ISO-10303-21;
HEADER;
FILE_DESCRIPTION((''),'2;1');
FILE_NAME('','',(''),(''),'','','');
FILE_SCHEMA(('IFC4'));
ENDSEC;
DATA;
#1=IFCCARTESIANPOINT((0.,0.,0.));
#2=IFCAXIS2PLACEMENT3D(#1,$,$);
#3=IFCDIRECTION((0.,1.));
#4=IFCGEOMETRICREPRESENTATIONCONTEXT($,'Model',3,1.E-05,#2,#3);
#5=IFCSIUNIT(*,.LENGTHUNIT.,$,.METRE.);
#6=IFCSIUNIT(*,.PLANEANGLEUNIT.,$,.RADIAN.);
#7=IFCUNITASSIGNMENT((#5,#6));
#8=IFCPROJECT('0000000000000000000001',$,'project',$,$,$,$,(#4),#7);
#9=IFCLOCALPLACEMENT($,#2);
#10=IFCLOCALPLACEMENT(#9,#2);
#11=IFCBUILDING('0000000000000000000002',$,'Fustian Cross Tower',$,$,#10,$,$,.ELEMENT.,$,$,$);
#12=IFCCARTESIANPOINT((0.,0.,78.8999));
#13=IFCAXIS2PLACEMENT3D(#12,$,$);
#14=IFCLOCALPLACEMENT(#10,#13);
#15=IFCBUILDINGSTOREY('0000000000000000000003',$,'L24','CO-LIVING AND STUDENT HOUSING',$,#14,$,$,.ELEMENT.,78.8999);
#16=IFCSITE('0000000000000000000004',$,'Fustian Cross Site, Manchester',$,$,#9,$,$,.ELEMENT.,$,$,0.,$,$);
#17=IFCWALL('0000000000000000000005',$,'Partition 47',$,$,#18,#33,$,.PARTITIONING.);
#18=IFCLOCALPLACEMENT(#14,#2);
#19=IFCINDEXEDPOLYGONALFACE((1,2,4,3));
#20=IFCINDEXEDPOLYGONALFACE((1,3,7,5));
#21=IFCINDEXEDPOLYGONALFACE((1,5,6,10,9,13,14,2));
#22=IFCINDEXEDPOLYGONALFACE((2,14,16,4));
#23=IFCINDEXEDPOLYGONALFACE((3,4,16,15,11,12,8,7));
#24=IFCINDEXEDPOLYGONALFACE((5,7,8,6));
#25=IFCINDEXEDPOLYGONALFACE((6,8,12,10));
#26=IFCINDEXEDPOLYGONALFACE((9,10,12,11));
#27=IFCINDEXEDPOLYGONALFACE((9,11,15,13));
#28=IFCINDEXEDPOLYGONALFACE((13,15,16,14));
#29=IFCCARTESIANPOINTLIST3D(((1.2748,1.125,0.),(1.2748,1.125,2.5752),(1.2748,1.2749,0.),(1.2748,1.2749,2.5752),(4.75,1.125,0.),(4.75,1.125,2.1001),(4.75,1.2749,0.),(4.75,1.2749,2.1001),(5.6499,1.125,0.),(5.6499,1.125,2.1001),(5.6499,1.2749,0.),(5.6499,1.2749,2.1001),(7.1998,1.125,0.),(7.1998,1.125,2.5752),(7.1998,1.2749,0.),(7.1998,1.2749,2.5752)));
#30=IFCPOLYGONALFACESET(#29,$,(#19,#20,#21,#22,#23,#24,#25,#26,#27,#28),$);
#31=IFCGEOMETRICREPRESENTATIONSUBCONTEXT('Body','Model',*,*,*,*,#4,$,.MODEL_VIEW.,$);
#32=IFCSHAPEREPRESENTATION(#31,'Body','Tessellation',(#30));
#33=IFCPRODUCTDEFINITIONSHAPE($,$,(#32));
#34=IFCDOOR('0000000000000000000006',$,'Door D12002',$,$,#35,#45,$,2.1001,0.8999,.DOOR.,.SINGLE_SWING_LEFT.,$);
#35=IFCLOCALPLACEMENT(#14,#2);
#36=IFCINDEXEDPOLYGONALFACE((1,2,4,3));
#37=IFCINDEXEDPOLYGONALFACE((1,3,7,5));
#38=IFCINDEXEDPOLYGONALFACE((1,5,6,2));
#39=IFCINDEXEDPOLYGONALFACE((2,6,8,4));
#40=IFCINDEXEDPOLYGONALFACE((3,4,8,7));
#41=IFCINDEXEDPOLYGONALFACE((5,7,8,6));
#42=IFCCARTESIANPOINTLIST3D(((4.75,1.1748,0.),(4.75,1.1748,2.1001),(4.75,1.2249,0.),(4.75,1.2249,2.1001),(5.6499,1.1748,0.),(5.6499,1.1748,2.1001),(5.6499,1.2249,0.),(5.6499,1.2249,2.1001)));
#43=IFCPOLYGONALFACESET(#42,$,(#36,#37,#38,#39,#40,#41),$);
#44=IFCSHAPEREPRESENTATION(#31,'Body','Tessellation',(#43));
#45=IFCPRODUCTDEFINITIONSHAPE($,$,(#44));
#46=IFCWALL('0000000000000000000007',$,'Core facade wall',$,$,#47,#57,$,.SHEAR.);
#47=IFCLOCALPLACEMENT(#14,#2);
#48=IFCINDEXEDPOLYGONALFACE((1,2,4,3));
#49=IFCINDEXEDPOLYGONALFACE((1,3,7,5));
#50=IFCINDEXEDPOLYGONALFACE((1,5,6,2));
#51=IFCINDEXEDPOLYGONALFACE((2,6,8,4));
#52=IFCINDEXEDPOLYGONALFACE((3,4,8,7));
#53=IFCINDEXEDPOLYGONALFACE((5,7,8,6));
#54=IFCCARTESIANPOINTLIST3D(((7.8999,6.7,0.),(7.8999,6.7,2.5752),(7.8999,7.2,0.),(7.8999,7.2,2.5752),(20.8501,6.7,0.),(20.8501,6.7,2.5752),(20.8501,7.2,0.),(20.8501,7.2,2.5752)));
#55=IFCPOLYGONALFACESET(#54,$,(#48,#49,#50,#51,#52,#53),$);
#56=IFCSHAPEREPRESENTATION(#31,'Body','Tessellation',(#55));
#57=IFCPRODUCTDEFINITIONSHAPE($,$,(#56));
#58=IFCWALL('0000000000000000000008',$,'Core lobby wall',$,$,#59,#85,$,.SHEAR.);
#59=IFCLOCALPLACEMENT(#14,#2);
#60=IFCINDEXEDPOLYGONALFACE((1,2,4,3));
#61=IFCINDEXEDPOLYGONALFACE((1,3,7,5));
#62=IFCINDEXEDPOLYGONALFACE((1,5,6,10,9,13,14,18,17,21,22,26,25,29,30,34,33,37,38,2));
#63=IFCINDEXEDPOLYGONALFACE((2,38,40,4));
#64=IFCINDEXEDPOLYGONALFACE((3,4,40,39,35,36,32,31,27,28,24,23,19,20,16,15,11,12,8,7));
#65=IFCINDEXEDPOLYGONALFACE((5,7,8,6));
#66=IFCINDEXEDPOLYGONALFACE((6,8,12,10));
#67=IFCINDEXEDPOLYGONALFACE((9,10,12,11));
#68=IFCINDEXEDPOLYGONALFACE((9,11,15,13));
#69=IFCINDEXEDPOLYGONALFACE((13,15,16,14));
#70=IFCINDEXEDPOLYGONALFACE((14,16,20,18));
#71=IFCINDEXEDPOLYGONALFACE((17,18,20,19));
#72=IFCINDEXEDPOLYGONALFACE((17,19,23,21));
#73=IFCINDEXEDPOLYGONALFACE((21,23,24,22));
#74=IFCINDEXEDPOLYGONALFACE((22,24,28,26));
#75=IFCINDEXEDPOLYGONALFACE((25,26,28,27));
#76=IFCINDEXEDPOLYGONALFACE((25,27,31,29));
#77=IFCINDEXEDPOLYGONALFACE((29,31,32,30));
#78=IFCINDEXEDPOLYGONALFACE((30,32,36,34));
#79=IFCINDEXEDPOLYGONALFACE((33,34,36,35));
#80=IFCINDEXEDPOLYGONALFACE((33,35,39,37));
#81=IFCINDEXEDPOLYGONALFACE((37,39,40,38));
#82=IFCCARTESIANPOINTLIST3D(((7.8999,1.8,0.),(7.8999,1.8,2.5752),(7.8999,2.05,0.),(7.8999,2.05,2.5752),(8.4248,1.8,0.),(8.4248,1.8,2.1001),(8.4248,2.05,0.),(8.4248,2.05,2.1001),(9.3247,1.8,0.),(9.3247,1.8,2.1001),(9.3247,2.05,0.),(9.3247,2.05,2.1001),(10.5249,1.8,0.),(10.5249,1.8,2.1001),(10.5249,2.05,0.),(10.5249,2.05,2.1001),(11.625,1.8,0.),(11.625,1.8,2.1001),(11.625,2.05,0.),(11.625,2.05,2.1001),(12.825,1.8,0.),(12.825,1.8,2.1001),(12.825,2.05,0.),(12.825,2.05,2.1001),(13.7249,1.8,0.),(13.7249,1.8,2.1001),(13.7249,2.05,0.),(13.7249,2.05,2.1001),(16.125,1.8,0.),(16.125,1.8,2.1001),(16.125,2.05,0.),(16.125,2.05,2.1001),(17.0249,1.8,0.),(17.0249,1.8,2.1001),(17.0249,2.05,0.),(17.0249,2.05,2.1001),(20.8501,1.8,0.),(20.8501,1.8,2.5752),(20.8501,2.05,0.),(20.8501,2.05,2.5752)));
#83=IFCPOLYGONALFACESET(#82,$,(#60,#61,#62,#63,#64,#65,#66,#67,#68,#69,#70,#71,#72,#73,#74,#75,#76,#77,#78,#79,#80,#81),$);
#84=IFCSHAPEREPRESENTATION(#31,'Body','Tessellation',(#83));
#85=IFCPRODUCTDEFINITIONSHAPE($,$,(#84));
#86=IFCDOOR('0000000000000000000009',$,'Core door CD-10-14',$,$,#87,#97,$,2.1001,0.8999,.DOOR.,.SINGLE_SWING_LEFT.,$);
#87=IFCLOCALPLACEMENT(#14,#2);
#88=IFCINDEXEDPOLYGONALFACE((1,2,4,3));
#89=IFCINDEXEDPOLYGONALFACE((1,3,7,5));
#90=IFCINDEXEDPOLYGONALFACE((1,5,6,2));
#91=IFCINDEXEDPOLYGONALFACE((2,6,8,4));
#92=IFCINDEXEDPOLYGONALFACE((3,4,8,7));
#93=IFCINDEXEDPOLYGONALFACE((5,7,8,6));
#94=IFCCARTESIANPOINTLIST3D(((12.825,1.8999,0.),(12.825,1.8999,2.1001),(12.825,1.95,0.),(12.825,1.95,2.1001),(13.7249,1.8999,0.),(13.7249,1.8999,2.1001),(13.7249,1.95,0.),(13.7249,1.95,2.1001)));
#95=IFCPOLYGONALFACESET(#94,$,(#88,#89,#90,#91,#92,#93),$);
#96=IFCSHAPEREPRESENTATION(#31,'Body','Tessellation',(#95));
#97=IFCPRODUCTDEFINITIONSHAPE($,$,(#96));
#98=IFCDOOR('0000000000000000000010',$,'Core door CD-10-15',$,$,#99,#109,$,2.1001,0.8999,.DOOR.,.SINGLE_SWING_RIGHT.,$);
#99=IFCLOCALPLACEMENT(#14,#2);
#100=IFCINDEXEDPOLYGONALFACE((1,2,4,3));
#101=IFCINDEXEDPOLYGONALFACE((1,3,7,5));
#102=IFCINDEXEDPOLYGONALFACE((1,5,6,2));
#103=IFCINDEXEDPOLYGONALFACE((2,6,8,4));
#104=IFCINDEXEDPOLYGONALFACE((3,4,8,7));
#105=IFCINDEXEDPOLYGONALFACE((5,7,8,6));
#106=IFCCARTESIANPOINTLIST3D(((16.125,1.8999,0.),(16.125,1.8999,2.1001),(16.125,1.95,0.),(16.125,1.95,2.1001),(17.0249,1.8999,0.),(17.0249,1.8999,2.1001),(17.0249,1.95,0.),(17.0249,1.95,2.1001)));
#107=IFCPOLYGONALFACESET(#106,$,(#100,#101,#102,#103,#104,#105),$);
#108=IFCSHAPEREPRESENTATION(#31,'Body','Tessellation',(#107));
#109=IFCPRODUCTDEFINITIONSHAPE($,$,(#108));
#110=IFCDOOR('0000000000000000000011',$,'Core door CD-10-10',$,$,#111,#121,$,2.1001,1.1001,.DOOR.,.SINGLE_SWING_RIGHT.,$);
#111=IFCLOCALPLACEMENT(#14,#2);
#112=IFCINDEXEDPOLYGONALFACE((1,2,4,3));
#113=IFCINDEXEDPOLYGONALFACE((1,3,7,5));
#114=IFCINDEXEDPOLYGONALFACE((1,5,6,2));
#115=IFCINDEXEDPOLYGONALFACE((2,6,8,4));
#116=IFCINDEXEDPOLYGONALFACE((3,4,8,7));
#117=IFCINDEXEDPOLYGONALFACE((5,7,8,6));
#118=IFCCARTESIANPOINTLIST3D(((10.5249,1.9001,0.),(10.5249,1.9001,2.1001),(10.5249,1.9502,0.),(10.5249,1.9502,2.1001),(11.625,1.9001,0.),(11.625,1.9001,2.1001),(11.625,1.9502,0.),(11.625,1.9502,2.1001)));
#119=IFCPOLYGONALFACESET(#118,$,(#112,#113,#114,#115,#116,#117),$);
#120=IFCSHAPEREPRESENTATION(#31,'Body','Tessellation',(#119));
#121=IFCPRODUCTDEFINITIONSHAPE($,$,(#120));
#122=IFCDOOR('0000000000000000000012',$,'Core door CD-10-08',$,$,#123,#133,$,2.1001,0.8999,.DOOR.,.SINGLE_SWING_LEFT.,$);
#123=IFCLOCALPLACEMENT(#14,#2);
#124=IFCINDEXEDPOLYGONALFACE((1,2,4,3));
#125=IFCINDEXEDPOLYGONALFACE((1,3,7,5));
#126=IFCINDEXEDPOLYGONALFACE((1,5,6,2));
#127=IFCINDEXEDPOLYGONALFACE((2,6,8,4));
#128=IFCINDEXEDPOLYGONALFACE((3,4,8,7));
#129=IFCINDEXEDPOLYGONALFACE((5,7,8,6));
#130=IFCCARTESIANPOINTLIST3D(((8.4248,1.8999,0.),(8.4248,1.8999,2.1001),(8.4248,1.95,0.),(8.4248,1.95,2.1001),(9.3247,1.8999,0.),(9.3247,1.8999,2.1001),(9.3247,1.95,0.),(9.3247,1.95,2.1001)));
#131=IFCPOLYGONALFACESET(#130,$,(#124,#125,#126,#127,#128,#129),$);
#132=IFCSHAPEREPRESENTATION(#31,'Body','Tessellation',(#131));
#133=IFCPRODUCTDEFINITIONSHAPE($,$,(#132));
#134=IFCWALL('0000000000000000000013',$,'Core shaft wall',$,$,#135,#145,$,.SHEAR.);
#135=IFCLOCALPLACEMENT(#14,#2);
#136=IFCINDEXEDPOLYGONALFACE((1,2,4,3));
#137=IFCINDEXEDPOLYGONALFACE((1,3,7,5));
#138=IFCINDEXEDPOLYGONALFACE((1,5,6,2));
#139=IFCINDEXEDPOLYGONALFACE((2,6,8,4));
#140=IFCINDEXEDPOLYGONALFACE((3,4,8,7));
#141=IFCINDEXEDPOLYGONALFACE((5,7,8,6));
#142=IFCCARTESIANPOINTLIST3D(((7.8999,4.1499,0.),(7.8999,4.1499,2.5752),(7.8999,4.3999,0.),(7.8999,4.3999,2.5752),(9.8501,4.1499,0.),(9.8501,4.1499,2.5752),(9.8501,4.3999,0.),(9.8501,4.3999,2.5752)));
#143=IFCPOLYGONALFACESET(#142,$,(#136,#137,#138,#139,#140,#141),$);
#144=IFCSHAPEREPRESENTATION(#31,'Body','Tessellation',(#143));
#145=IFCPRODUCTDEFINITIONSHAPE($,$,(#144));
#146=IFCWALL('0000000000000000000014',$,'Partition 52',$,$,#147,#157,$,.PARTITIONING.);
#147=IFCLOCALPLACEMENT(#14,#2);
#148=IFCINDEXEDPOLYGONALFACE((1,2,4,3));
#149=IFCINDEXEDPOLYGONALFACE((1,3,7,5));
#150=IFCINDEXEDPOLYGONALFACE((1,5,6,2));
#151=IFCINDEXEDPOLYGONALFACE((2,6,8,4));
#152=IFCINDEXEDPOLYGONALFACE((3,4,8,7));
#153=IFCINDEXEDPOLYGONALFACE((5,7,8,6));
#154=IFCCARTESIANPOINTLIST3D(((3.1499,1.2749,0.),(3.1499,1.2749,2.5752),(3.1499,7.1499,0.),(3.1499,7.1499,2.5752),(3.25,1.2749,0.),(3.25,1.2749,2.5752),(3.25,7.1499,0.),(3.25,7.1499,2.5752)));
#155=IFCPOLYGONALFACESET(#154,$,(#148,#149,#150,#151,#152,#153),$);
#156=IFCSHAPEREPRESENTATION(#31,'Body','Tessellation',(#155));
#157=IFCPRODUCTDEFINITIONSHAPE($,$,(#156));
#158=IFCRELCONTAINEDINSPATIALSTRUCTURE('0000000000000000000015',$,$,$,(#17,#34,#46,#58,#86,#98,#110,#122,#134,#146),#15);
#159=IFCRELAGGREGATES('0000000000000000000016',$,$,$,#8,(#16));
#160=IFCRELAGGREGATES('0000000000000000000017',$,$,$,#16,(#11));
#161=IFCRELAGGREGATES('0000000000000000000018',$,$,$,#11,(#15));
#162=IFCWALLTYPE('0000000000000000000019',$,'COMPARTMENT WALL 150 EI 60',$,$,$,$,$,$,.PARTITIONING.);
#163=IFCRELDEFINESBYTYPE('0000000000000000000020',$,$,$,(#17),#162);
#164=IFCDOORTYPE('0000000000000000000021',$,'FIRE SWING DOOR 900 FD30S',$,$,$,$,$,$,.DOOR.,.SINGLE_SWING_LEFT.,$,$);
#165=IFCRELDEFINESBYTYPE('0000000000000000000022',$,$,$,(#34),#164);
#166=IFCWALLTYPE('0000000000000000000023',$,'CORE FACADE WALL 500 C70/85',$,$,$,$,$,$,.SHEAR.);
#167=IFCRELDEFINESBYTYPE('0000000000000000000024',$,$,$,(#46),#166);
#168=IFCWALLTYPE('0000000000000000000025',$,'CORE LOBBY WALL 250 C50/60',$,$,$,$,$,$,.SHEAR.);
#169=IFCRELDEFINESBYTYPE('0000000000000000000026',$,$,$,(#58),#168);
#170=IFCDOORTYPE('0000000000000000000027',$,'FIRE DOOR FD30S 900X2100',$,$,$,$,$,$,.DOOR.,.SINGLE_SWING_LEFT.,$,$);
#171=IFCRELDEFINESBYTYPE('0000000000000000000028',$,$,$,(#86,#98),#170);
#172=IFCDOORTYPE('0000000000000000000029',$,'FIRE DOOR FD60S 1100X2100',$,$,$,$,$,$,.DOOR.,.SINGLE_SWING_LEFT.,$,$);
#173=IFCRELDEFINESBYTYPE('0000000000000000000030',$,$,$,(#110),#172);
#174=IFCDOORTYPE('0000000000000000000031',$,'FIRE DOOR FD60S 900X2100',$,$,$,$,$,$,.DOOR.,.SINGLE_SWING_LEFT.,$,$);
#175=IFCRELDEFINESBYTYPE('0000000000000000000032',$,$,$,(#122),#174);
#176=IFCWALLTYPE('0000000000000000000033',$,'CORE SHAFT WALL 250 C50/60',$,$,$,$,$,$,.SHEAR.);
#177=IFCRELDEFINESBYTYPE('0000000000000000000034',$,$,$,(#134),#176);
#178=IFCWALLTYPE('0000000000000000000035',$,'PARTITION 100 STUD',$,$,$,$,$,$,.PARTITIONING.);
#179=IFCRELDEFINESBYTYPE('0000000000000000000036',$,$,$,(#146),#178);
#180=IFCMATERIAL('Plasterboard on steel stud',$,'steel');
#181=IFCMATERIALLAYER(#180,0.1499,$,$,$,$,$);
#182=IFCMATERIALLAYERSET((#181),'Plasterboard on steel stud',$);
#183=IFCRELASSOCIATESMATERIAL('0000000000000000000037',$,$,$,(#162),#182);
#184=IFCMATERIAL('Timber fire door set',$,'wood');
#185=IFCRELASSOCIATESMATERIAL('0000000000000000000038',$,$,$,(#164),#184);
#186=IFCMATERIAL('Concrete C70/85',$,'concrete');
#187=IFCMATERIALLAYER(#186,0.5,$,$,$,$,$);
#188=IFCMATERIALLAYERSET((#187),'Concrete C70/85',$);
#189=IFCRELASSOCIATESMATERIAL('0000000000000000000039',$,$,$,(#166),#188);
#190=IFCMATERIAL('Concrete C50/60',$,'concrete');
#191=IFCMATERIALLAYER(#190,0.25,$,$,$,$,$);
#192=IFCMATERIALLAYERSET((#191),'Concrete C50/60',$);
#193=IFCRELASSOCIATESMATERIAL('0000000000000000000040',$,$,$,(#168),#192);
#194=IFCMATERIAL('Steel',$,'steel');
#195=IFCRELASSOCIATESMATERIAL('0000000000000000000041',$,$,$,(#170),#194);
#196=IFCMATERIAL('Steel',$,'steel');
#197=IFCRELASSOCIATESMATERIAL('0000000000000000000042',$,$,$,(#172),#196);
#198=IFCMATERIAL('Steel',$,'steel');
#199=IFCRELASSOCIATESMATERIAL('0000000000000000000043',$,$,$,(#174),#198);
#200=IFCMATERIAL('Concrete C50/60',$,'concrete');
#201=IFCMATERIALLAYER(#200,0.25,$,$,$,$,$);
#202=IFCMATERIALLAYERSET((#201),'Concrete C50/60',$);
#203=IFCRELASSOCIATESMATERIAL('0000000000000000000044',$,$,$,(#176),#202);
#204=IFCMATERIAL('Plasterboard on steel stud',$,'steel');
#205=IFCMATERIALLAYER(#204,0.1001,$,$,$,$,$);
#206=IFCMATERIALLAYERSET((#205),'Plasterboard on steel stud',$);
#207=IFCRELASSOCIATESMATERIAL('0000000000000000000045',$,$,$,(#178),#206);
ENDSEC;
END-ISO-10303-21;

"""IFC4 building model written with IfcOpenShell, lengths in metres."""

from ifc_helpers import new_model, si_unit, direction, frame, frame_2d, origin, place, context, subcontext, project, spatial, rectangle, extrude, material, layer, layer_set, type_object, element, fill, save


model = new_model("IFC4")

# Units and contexts
model_context = context("Model", 3, precision=1e-05, world=origin(), true_north=direction((0.0, 1.0)))
body_context = subcontext(model_context, "Body", "Model", "MODEL_VIEW")
ifc_project = project(units=[si_unit("LENGTHUNIT", "METRE"), si_unit("PLANEANGLEUNIT", "RADIAN")], contexts=[model_context])

# Site, building, storey
site_placement = place(None, origin())
site = spatial("IfcSite", under=ifc_project, at=site_placement, Name="Fustian Cross Site, Manchester", CompositionType="ELEMENT", RefElevation=0.0)
building_placement = place(site_placement, origin())
building = spatial("IfcBuilding", under=site, at=building_placement, Name="Fustian Cross Tower", CompositionType="ELEMENT")
storey_placement = place(building_placement, frame((0.0, 0.0, 78.8999)))
storey = spatial("IfcBuildingStorey", under=building, at=storey_placement, Name="L24", Description="CO-LIVING AND STUDENT HOUSING", CompositionType="ELEMENT", Elevation=78.8999)

# Shared definitions
ifc_material_1 = material(Name="Plasterboard on steel stud", Category="steel")
ifc_layer_1 = layer(ifc_material_1, 0.1499)
ifc_layer_set_1 = layer_set([ifc_layer_1], Name="Plasterboard on steel stud")
wall_type_1 = type_object("IfcWallType", Name="COMPARTMENT WALL 150 EI 60", PredefinedType="PARTITIONING", material=ifc_layer_set_1)
ifc_material_2 = material(Name="Timber fire door set", Category="wood")
door_type_1 = type_object("IfcDoorType", Name="FIRE SWING DOOR 900 FD30S", OperationType="SINGLE_SWING_LEFT", PredefinedType="DOOR", material=ifc_material_2)

# Wall, opening, door
wall_1_placement = place(storey_placement, frame((1.2749, 1.2, 0.0), z_axis=(0.0, 0.0, 1.0), x_axis=(1.0, 0.0, 0.0)))
wall_1 = element("IfcWall", 1, at=wall_1_placement, inside=storey, type_object=wall_type_1, Name="Partition 47", PredefinedType="PARTITIONING", context=body_context, shape_type="SweptSolid", body=[
    extrude(rectangle(XDim=5.925, YDim=0.1499, at=frame_2d((2.9624, 0.0))), origin(), (0.0, 0.0, 1.0), 2.5752),
])
opening_1_placement = place(wall_1_placement, frame((3.4751, 0.0, 0.0)))
opening_1 = element("IfcOpeningElement", 2, at=opening_1_placement, cuts=wall_1, PredefinedType="OPENING", context=body_context, shape_type="SweptSolid", body=[
    extrude(rectangle(XDim=0.8999, YDim=2.1001, at=frame_2d((0.45, 1.05))), frame((0.0, 0.085, 0.0), z_axis=(0.0, -1.0, 0.0), x_axis=(1.0, 0.0, 0.0)), (0.0, 0.0, 1.0), 0.1699),
])
door_1_placement = place(opening_1_placement, origin())
door_1 = element("IfcDoor", 3, at=door_1_placement, inside=storey, type_object=door_type_1, Name="Door D12002", OperationType="SINGLE_SWING_LEFT", OverallHeight=2.1001, OverallWidth=0.8999, PredefinedType="DOOR", context=body_context, shape_type="SweptSolid", body=[
    extrude(rectangle(XDim=0.8999, YDim=2.1001, at=frame_2d((0.45, 1.05))), frame((0.0, 0.0249, 0.0), z_axis=(0.0, -1.0, 0.0), x_axis=(1.0, 0.0, 0.0)), (0.0, 0.0, 1.0), 0.05),
])
fill(opening_1, door_1)

# Wall
ifc_material_3 = material(Name="Concrete C70/85", Category="concrete")
ifc_layer_2 = layer(ifc_material_3, 0.5)
ifc_layer_set_2 = layer_set([ifc_layer_2], Name="Concrete C70/85")
wall_type_2 = type_object("IfcWallType", Name="CORE FACADE WALL 500 C70/85", PredefinedType="SHEAR", material=ifc_layer_set_2)
wall_2_placement = place(storey_placement, frame((7.8999, 6.95, 0.0), z_axis=(0.0, 0.0, 1.0), x_axis=(1.0, 0.0, 0.0)))
element("IfcWall", 4, at=wall_2_placement, inside=storey, type_object=wall_type_2, Name="Core facade wall", PredefinedType="SHEAR", context=body_context, shape_type="SweptSolid", body=[
    extrude(rectangle(XDim=12.9502, YDim=0.5, at=frame_2d((6.4751, 0.0))), origin(), (0.0, 0.0, 1.0), 2.5752),
])

# Wall, openings, doors
ifc_material_4 = material(Name="Concrete C50/60", Category="concrete")
ifc_layer_3 = layer(ifc_material_4, 0.25)
ifc_layer_set_3 = layer_set([ifc_layer_3], Name="Concrete C50/60")
wall_type_3 = type_object("IfcWallType", Name="CORE LOBBY WALL 250 C50/60", PredefinedType="SHEAR", material=ifc_layer_set_3)
wall_3_placement = place(storey_placement, frame((7.8999, 1.925, 0.0), z_axis=(0.0, 0.0, 1.0), x_axis=(1.0, 0.0, 0.0)))
wall_3 = element("IfcWall", 5, at=wall_3_placement, inside=storey, type_object=wall_type_3, Name="Core lobby wall", PredefinedType="SHEAR", context=body_context, shape_type="SweptSolid", body=[
    extrude(rectangle(XDim=12.9502, YDim=0.25, at=frame_2d((6.4751, 0.0))), origin(), (0.0, 0.0, 1.0), 2.5752),
])
opening_2_placement = place(wall_3_placement, frame((0.5249, 0.0, 0.0)))
opening_2 = element("IfcOpeningElement", 6, at=opening_2_placement, cuts=wall_3, PredefinedType="OPENING", context=body_context, shape_type="SweptSolid", body=[
    extrude(rectangle(XDim=0.8999, YDim=2.1001, at=frame_2d((0.45, 1.05))), frame((0.0, 0.135, 0.0), z_axis=(0.0, -1.0, 0.0), x_axis=(1.0, 0.0, 0.0)), (0.0, 0.0, 1.0), 0.27),
])
opening_3_placement = place(wall_3_placement, frame((2.625, 0.0, 0.0)))
opening_3 = element("IfcOpeningElement", 7, at=opening_3_placement, cuts=wall_3, PredefinedType="OPENING", context=body_context, shape_type="SweptSolid", body=[
    extrude(rectangle(XDim=1.1001, YDim=2.1001, at=frame_2d((0.55, 1.05))), frame((0.0, 0.135, 0.0), z_axis=(0.0, -1.0, 0.0), x_axis=(1.0, 0.0, 0.0)), (0.0, 0.0, 1.0), 0.27),
])
opening_4_placement = place(wall_3_placement, frame((4.925, 0.0, 0.0)))
opening_4 = element("IfcOpeningElement", 8, at=opening_4_placement, cuts=wall_3, PredefinedType="OPENING", context=body_context, shape_type="SweptSolid", body=[
    extrude(rectangle(XDim=0.8999, YDim=2.1001, at=frame_2d((0.45, 1.05))), frame((0.0, 0.135, 0.0), z_axis=(0.0, -1.0, 0.0), x_axis=(1.0, 0.0, 0.0)), (0.0, 0.0, 1.0), 0.27),
])
opening_5_placement = place(wall_3_placement, frame((8.2251, 0.0, 0.0)))
opening_5 = element("IfcOpeningElement", 9, at=opening_5_placement, cuts=wall_3, PredefinedType="OPENING", context=body_context, shape_type="SweptSolid", body=[
    extrude(rectangle(XDim=0.8999, YDim=2.1001, at=frame_2d((0.45, 1.05))), frame((0.0, 0.135, 0.0), z_axis=(0.0, -1.0, 0.0), x_axis=(1.0, 0.0, 0.0)), (0.0, 0.0, 1.0), 0.27),
])
ifc_material_5 = material(Name="Steel", Category="steel")
door_type_2 = type_object("IfcDoorType", Name="FIRE DOOR FD30S 900X2100", OperationType="SINGLE_SWING_LEFT", PredefinedType="DOOR", material=ifc_material_5)
door_2_placement = place(opening_4_placement, origin())
door_2 = element("IfcDoor", 10, at=door_2_placement, inside=storey, type_object=door_type_2, Name="Core door CD-10-14", OperationType="SINGLE_SWING_LEFT", OverallHeight=2.1001, OverallWidth=0.8999, PredefinedType="DOOR", context=body_context, shape_type="SweptSolid", body=[
    extrude(rectangle(XDim=0.8999, YDim=2.1001, at=frame_2d((0.45, 1.05))), frame((0.0, 0.0249, 0.0), z_axis=(0.0, -1.0, 0.0), x_axis=(1.0, 0.0, 0.0)), (0.0, 0.0, 1.0), 0.05),
])
fill(opening_4, door_2)
door_3_placement = place(opening_5_placement, origin())
door_3 = element("IfcDoor", 11, at=door_3_placement, inside=storey, type_object=door_type_2, Name="Core door CD-10-15", OperationType="SINGLE_SWING_RIGHT", OverallHeight=2.1001, OverallWidth=0.8999, PredefinedType="DOOR", context=body_context, shape_type="SweptSolid", body=[
    extrude(rectangle(XDim=0.8999, YDim=2.1001, at=frame_2d((0.45, 1.05))), frame((0.0, 0.0249, 0.0), z_axis=(0.0, -1.0, 0.0), x_axis=(1.0, 0.0, 0.0)), (0.0, 0.0, 1.0), 0.05),
])
fill(opening_5, door_3)
ifc_material_6 = material(Name="Steel", Category="steel")
door_type_3 = type_object("IfcDoorType", Name="FIRE DOOR FD60S 1100X2100", OperationType="SINGLE_SWING_LEFT", PredefinedType="DOOR", material=ifc_material_6)
door_4_placement = place(opening_3_placement, frame((1.1001, 0.0, 0.0), z_axis=(0.0, 0.0, 1.0), x_axis=(-1.0, 0.0, 0.0)))
door_4 = element("IfcDoor", 12, at=door_4_placement, inside=storey, type_object=door_type_3, Name="Core door CD-10-10", OperationType="SINGLE_SWING_RIGHT", OverallHeight=2.1001, OverallWidth=1.1001, PredefinedType="DOOR", context=body_context, shape_type="SweptSolid", body=[
    extrude(rectangle(XDim=1.1001, YDim=2.1001, at=frame_2d((0.55, 1.05))), frame((0.0, 0.0249, 0.0), z_axis=(0.0, -1.0, 0.0), x_axis=(1.0, 0.0, 0.0)), (0.0, 0.0, 1.0), 0.05),
])
fill(opening_3, door_4)
ifc_material_7 = material(Name="Steel", Category="steel")
door_type_4 = type_object("IfcDoorType", Name="FIRE DOOR FD60S 900X2100", OperationType="SINGLE_SWING_LEFT", PredefinedType="DOOR", material=ifc_material_7)
door_5_placement = place(opening_2_placement, origin())
door_5 = element("IfcDoor", 13, at=door_5_placement, inside=storey, type_object=door_type_4, Name="Core door CD-10-08", OperationType="SINGLE_SWING_LEFT", OverallHeight=2.1001, OverallWidth=0.8999, PredefinedType="DOOR", context=body_context, shape_type="SweptSolid", body=[
    extrude(rectangle(XDim=0.8999, YDim=2.1001, at=frame_2d((0.45, 1.05))), frame((0.0, 0.0249, 0.0), z_axis=(0.0, -1.0, 0.0), x_axis=(1.0, 0.0, 0.0)), (0.0, 0.0, 1.0), 0.05),
])
fill(opening_2, door_5)

# Walls
ifc_material_8 = material(Name="Concrete C50/60", Category="concrete")
ifc_layer_4 = layer(ifc_material_8, 0.25)
ifc_layer_set_4 = layer_set([ifc_layer_4], Name="Concrete C50/60")
wall_type_4 = type_object("IfcWallType", Name="CORE SHAFT WALL 250 C50/60", PredefinedType="SHEAR", material=ifc_layer_set_4)
wall_4_placement = place(storey_placement, frame((7.8999, 4.2749, 0.0), z_axis=(0.0, 0.0, 1.0), x_axis=(1.0, 0.0, 0.0)))
element("IfcWall", 14, at=wall_4_placement, inside=storey, type_object=wall_type_4, Name="Core shaft wall", PredefinedType="SHEAR", context=body_context, shape_type="SweptSolid", body=[
    extrude(rectangle(XDim=1.9502, YDim=0.25, at=frame_2d((0.9751, 0.0))), origin(), (0.0, 0.0, 1.0), 2.5752),
])
ifc_material_9 = material(Name="Plasterboard on steel stud", Category="steel")
ifc_layer_5 = layer(ifc_material_9, 0.1001)
ifc_layer_set_5 = layer_set([ifc_layer_5], Name="Plasterboard on steel stud")
wall_type_5 = type_object("IfcWallType", Name="PARTITION 100 STUD", PredefinedType="PARTITIONING", material=ifc_layer_set_5)
wall_5_placement = place(storey_placement, frame((3.2, 1.2749, 0.0), z_axis=(0.0, 0.0, 1.0), x_axis=(0.0, 1.0, 0.0)))
element("IfcWall", 15, at=wall_5_placement, inside=storey, type_object=wall_type_5, Name="Partition 52", PredefinedType="PARTITIONING", context=body_context, shape_type="SweptSolid", body=[
    extrude(rectangle(XDim=5.875, YDim=0.1001, at=frame_2d((2.9375, 0.0))), origin(), (0.0, 0.0, 1.0), 2.5752),
])

save(model, "model.ifc")
